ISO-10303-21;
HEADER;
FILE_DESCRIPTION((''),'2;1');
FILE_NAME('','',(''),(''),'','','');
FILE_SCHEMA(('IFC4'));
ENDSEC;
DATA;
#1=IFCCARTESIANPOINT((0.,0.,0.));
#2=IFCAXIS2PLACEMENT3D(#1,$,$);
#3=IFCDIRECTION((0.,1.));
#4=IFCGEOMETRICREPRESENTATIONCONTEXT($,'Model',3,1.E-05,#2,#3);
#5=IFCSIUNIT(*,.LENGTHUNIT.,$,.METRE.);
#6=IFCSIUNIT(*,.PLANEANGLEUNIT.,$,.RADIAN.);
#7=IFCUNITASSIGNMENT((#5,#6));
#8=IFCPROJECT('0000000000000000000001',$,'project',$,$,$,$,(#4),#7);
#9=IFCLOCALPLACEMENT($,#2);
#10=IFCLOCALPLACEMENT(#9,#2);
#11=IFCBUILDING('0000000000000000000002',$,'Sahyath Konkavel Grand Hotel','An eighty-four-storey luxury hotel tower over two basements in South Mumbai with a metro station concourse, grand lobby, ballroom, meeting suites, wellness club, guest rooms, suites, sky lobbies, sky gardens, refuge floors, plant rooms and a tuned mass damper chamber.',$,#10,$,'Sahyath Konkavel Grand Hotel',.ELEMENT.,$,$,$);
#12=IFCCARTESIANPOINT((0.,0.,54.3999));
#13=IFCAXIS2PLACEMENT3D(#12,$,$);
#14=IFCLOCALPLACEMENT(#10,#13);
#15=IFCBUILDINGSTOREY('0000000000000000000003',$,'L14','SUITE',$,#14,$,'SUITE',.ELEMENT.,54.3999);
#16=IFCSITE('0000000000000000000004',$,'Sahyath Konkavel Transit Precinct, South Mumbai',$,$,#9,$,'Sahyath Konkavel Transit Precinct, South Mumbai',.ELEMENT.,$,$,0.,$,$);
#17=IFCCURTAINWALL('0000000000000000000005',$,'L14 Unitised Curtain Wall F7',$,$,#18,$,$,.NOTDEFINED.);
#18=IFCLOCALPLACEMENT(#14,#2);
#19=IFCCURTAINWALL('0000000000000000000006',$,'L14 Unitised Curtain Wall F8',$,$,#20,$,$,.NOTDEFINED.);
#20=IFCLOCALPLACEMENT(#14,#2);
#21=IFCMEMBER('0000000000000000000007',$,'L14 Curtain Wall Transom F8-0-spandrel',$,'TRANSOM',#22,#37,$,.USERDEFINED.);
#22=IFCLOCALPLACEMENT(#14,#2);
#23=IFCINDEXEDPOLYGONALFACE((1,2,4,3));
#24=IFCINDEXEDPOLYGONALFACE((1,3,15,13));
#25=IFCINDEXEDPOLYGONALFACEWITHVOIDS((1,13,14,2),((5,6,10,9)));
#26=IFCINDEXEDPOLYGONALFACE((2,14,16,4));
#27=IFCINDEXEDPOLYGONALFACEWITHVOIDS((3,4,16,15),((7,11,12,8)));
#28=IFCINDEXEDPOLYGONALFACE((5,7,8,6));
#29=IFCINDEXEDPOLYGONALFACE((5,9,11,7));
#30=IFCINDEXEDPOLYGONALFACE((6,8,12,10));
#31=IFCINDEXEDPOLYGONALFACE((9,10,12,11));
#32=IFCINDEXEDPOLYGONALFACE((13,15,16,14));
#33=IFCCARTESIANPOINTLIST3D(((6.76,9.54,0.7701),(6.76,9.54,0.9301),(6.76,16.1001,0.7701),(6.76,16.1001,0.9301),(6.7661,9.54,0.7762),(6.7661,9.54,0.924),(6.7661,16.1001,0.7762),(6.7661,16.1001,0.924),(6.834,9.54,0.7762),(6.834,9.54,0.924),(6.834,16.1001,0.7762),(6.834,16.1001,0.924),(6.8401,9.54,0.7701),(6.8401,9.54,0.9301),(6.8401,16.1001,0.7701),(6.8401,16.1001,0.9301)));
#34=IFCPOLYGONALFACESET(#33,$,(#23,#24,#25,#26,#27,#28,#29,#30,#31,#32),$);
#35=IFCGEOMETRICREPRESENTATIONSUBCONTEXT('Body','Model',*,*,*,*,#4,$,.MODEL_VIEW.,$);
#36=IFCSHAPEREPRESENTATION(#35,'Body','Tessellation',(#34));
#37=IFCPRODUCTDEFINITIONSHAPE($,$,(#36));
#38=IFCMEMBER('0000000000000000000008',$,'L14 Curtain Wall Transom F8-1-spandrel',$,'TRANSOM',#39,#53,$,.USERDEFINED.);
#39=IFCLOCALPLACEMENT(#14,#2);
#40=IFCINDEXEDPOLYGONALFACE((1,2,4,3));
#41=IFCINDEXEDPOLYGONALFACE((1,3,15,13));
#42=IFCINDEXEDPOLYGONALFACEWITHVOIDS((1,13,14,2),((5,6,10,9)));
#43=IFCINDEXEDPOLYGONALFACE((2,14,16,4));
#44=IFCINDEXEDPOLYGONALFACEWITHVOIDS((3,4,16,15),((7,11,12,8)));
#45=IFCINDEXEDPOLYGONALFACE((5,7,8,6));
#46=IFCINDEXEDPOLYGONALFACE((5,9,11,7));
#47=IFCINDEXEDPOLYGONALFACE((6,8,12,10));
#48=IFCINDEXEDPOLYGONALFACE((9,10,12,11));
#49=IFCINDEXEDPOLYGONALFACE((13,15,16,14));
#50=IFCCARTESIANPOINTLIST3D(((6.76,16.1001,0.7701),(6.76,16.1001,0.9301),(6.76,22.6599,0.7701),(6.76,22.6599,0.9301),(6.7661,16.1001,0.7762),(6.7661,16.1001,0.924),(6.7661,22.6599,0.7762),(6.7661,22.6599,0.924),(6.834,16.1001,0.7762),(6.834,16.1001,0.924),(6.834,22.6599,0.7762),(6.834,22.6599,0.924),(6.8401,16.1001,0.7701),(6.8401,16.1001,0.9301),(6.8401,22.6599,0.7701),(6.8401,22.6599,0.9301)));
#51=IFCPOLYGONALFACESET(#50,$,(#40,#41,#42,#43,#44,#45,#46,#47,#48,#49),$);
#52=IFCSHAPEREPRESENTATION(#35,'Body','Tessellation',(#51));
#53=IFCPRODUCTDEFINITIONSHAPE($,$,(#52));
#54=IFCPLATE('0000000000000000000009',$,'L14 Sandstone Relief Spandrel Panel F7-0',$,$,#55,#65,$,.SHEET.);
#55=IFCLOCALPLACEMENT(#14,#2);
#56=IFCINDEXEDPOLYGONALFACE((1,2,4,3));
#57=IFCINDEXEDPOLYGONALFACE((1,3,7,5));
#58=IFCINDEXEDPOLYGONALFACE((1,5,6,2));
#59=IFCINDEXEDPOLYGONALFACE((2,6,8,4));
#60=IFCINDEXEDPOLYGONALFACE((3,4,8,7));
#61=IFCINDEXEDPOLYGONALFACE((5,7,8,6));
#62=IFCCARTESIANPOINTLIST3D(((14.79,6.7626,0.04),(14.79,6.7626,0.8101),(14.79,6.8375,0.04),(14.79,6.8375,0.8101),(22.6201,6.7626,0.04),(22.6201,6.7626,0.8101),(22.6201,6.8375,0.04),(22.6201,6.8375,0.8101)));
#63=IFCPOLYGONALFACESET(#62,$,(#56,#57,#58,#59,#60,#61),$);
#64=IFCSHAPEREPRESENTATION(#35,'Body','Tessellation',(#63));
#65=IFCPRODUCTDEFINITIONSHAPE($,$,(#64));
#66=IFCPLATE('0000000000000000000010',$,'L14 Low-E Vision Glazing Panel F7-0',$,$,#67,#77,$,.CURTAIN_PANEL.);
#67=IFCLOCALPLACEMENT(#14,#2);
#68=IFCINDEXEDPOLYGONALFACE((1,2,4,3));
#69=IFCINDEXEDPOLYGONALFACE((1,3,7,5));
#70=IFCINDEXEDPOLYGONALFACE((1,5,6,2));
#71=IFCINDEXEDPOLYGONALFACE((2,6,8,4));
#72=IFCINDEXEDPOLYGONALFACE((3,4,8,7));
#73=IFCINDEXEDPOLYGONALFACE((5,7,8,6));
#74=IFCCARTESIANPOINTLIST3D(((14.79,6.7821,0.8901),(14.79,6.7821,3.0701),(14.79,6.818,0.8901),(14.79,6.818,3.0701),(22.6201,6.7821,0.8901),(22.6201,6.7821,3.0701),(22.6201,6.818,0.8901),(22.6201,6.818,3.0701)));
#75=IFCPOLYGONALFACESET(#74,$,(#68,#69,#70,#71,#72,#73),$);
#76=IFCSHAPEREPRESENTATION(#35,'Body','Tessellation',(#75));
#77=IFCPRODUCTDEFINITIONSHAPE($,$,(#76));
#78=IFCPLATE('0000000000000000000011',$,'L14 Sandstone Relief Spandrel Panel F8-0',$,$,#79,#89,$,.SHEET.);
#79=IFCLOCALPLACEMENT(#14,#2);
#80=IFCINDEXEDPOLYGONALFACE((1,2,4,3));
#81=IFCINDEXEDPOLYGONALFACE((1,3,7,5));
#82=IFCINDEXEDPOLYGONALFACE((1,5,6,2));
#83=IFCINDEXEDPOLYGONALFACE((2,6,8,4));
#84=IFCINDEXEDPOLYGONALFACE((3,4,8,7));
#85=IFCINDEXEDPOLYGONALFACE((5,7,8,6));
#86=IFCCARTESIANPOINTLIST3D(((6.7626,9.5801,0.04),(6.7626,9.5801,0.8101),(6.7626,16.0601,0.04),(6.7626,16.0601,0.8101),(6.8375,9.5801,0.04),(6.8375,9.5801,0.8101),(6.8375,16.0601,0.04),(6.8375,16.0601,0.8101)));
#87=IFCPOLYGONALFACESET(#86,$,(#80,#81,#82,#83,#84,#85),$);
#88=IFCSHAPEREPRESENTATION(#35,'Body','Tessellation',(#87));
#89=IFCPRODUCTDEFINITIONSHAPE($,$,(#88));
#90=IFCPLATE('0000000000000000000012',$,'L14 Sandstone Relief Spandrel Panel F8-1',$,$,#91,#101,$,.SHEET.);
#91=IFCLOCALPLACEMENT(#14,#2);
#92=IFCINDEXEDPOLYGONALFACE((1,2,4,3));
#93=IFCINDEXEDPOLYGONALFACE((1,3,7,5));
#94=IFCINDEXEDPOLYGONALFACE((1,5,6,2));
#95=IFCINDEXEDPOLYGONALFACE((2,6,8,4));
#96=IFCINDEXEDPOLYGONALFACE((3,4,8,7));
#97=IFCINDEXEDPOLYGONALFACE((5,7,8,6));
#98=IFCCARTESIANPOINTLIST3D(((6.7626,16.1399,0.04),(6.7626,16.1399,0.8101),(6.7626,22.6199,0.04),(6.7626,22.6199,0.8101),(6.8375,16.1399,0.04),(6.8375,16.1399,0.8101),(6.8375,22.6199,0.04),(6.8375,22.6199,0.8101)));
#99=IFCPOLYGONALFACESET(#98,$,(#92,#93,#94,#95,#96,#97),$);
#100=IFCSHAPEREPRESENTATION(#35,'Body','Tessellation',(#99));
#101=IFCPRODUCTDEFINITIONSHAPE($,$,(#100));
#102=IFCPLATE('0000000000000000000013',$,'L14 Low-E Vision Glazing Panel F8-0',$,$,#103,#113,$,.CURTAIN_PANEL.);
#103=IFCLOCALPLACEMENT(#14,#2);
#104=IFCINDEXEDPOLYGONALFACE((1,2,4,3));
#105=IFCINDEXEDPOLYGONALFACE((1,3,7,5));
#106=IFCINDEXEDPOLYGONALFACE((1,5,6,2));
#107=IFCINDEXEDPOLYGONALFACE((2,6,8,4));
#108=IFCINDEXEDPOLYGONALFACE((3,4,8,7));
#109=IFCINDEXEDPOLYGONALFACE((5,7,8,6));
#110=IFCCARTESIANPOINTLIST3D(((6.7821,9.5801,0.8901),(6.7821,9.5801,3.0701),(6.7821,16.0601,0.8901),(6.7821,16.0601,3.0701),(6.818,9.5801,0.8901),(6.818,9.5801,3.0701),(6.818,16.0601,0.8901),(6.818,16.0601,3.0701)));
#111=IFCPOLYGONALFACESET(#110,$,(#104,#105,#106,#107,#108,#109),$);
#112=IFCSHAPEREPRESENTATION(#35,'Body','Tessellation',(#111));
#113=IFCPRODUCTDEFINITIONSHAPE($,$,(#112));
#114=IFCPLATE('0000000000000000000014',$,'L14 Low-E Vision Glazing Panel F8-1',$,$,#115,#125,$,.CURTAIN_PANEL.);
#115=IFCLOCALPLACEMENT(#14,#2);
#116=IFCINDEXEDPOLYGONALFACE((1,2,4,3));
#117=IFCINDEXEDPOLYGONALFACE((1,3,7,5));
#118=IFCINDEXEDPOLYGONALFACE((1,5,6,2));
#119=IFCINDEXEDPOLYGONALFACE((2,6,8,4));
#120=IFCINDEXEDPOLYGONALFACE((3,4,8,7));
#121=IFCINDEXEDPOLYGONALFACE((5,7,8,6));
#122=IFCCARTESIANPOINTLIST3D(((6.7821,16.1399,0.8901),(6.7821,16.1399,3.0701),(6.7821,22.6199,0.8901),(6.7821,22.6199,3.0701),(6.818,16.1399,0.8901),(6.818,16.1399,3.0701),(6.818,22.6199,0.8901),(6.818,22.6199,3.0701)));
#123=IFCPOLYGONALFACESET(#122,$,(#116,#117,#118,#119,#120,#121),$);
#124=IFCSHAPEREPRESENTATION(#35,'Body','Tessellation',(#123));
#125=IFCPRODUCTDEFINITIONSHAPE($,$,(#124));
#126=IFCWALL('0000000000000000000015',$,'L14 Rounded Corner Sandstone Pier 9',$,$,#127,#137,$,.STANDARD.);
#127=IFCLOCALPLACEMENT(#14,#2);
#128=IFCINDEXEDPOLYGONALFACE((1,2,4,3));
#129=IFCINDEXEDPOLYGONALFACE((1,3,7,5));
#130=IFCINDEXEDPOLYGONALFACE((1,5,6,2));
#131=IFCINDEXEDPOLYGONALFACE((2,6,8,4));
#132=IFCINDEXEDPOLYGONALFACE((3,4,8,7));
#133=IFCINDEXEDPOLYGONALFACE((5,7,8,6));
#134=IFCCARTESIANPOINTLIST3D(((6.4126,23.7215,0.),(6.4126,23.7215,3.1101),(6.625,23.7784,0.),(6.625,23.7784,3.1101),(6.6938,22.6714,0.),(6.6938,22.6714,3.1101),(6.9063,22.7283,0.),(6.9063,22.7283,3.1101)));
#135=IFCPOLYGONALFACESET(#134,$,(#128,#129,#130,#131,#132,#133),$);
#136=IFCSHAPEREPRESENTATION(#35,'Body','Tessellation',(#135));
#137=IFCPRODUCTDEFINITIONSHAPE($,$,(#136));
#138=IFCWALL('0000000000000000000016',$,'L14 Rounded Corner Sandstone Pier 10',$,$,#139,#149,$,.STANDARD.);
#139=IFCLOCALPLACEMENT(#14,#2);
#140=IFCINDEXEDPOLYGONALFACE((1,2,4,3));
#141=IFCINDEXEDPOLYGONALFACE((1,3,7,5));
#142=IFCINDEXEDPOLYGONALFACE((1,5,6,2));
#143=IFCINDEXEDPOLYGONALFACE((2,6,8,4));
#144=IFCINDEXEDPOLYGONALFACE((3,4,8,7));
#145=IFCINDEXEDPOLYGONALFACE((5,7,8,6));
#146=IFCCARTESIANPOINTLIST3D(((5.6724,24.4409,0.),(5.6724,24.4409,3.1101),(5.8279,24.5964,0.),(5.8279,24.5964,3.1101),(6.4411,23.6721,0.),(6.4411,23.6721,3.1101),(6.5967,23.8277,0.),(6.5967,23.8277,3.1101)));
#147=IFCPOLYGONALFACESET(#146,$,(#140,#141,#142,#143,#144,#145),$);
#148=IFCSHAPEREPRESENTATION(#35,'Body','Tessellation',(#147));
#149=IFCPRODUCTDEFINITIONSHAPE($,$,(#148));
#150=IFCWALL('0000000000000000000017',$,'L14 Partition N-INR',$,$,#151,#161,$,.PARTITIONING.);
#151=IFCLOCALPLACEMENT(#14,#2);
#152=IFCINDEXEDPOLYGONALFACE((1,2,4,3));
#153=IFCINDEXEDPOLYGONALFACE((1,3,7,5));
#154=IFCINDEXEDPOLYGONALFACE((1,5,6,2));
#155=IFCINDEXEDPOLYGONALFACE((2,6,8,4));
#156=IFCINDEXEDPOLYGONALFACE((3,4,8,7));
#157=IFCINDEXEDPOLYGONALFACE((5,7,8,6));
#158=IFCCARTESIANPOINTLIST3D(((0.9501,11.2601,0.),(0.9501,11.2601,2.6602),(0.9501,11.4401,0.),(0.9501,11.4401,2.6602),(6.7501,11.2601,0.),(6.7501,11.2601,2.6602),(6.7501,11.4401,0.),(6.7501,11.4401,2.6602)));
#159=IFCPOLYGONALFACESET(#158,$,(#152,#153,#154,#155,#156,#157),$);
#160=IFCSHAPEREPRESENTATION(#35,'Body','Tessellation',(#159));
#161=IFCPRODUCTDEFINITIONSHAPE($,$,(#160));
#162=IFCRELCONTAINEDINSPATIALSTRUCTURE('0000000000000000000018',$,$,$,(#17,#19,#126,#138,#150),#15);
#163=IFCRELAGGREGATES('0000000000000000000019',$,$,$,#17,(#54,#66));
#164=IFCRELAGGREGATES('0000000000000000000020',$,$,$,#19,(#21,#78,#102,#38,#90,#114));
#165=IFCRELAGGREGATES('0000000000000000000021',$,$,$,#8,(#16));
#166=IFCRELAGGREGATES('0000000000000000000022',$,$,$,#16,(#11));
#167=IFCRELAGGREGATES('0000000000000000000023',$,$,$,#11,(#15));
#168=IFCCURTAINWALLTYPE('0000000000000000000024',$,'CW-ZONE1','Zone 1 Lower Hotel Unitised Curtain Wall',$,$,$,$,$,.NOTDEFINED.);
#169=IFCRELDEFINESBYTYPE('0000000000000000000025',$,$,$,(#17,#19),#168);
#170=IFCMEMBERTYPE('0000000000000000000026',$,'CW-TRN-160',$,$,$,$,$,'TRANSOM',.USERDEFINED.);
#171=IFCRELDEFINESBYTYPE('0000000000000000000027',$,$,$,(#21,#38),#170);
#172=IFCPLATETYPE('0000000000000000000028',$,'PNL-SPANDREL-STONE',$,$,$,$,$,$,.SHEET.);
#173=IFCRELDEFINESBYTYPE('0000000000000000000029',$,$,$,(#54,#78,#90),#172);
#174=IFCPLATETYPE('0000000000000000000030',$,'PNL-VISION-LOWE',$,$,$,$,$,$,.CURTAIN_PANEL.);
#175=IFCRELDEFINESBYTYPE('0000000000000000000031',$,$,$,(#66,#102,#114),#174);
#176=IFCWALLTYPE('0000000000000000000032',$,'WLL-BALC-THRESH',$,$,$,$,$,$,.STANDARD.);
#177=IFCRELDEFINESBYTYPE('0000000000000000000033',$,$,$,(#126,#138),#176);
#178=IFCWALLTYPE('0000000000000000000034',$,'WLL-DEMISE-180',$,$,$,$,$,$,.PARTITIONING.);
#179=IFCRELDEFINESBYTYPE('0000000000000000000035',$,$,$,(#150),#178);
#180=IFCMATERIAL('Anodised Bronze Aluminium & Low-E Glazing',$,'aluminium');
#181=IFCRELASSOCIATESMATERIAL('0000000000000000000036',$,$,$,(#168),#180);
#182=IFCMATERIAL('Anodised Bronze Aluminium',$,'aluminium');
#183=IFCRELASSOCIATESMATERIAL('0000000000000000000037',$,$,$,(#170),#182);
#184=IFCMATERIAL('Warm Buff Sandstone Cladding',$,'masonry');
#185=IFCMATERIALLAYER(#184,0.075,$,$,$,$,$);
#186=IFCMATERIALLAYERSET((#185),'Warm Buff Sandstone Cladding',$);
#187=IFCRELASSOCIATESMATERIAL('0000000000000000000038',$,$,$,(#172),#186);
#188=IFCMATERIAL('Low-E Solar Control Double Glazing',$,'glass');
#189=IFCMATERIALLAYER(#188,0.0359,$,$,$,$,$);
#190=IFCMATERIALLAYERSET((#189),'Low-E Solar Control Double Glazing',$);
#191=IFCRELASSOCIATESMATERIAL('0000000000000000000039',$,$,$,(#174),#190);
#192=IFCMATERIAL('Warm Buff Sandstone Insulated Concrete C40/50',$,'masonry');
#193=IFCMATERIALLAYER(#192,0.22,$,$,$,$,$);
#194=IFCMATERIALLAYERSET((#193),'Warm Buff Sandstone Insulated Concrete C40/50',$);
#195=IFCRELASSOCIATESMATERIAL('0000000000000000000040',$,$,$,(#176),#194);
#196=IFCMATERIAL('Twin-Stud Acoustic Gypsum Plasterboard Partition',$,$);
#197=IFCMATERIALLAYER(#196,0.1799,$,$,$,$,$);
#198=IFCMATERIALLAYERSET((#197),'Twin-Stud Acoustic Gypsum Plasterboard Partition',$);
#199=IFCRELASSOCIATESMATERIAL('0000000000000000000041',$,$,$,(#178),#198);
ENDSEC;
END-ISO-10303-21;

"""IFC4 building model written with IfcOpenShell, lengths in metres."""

from ifc_helpers import new_model, si_unit, direction, frame, frame_2d, origin, origin_2d, place, context, subcontext, project, spatial, rectangle, hollow_rectangle, extrude, source, transform, mapped, material, layer, layer_set, material_profile, profile_set, type_object, element, aggregate, save


model = new_model("IFC4")

# Units and contexts
model_context = context("Model", 3, precision=1e-05, world=origin(), true_north=direction((0.0, 1.0)))
body_context = subcontext(model_context, "Body", "Model", "MODEL_VIEW")
ifc_project = project(units=[si_unit("LENGTHUNIT", "METRE"), si_unit("PLANEANGLEUNIT", "RADIAN")], contexts=[model_context])

# Site, building, storey
site_placement = place(None, origin())
site = spatial("IfcSite", under=ifc_project, at=site_placement, Name="Sahyath Konkavel Transit Precinct, South Mumbai", LongName="Sahyath Konkavel Transit Precinct, South Mumbai", CompositionType="ELEMENT", RefElevation=0.0)
building_placement = place(site_placement, origin())
building = spatial("IfcBuilding", under=site, at=building_placement, Name="Sahyath Konkavel Grand Hotel", Description="An eighty-four-storey luxury hotel tower over two basements in South Mumbai with a metro station concourse, grand lobby, ballroom, meeting suites, wellness club, guest rooms, suites, sky lobbies, sky gardens, refuge floors, plant rooms and a tuned mass damper chamber.", LongName="Sahyath Konkavel Grand Hotel", CompositionType="ELEMENT")
storey_placement = place(building_placement, frame((0.0, 0.0, 54.3999)))
storey = spatial("IfcBuildingStorey", under=building, at=storey_placement, Name="L14", Description="SUITE", LongName="SUITE", CompositionType="ELEMENT", Elevation=54.3999)

# Curtain walls
ifc_material_1 = material(Name="Anodised Bronze Aluminium & Low-E Glazing", Category="aluminium")
curtain_wall_type = type_object("IfcCurtainWallType", Name="CW-ZONE1", Description="Zone 1 Lower Hotel Unitised Curtain Wall", PredefinedType="NOTDEFINED", material=ifc_material_1)
curtain_wall_1_placement = place(storey_placement, origin())
curtain_wall_1 = element("IfcCurtainWall", 1, at=curtain_wall_1_placement, inside=storey, type_object=curtain_wall_type, Name="L14 Unitised Curtain Wall F7", PredefinedType="NOTDEFINED")
curtain_wall_2_placement = place(storey_placement, origin())
curtain_wall_2 = element("IfcCurtainWall", 2, at=curtain_wall_2_placement, inside=storey, type_object=curtain_wall_type, Name="L14 Unitised Curtain Wall F8", PredefinedType="NOTDEFINED")

# Members
ifc_material_2 = material(Name="Anodised Bronze Aluminium", Category="aluminium")
ifc_material_profile_1 = material_profile(ifc_material_2, hollow_rectangle(XDim=0.0801, YDim=0.1599, WallThickness=0.0061, at=origin_2d()), Name="RHS 160x80x6")
ifc_profile_set_1 = profile_set([ifc_material_profile_1], Name="Anodised Bronze Aluminium")
member_type_1 = type_object("IfcMemberType", Name="CW-TRN-160", ElementType="TRANSOM", PredefinedType="USERDEFINED", material=ifc_profile_set_1)
shared_shape_1 = source(origin(), body_context, "Body", "SweptSolid", [
    extrude(hollow_rectangle(XDim=0.0801, YDim=0.1599, WallThickness=0.0061, at=origin_2d()), origin(), (0.0, 0.0, 1.0), 6.5601),
])
member_1_placement = place(storey_placement, frame((6.8, 9.54, 0.8501), z_axis=(0.0, 1.0, 0.0), x_axis=(-1.0, 0.0, 0.0)))
member_1 = element("IfcMember", 3, at=member_1_placement, type_object=member_type_1, Name="L14 Curtain Wall Transom F8-0-spandrel", ObjectType="TRANSOM", PredefinedType="USERDEFINED", context=body_context, shape_type="MappedRepresentation", body=[
    mapped(shared_shape_1, transform((0.0, 0.0, 0.0), scale=1.0)),
])
shared_shape_2 = source(origin(), body_context, "Body", "SweptSolid", [
    extrude(hollow_rectangle(XDim=0.0801, YDim=0.1599, WallThickness=0.0061, at=origin_2d()), origin(), (0.0, 0.0, 1.0), 6.5598),
])
member_2_placement = place(storey_placement, frame((6.8, 16.1001, 0.8501), z_axis=(0.0, 1.0, 0.0), x_axis=(-1.0, 0.0, 0.0)))
member_2 = element("IfcMember", 4, at=member_2_placement, type_object=member_type_1, Name="L14 Curtain Wall Transom F8-1-spandrel", ObjectType="TRANSOM", PredefinedType="USERDEFINED", context=body_context, shape_type="MappedRepresentation", body=[
    mapped(shared_shape_2, transform((0.0, 0.0, 0.0), scale=1.0)),
])

# Plates
ifc_material_3 = material(Name="Warm Buff Sandstone Cladding", Category="masonry")
ifc_layer_1 = layer(ifc_material_3, 0.075)
ifc_layer_set_1 = layer_set([ifc_layer_1], Name="Warm Buff Sandstone Cladding")
plate_type_1 = type_object("IfcPlateType", Name="PNL-SPANDREL-STONE", PredefinedType="SHEET", material=ifc_layer_set_1)
shared_shape_3 = source(origin(), body_context, "Body", "SweptSolid", [
    extrude(rectangle(XDim=7.8301, YDim=0.075, at=origin_2d()), origin(), (0.0, 0.0, 1.0), 0.77),
])
plate_1_placement = place(storey_placement, frame((18.7051, 6.8, 0.04), z_axis=(0.0, 0.0, 1.0), x_axis=(-1.0, 0.0, 0.0)))
plate_1 = element("IfcPlate", 5, at=plate_1_placement, type_object=plate_type_1, Name="L14 Sandstone Relief Spandrel Panel F7-0", PredefinedType="SHEET", context=body_context, shape_type="MappedRepresentation", body=[
    mapped(shared_shape_3, transform((0.0, 0.0, 0.0), scale=1.0)),
])
ifc_material_4 = material(Name="Low-E Solar Control Double Glazing", Category="glass")
ifc_layer_2 = layer(ifc_material_4, 0.0359)
ifc_layer_set_2 = layer_set([ifc_layer_2], Name="Low-E Solar Control Double Glazing")
plate_type_2 = type_object("IfcPlateType", Name="PNL-VISION-LOWE", PredefinedType="CURTAIN_PANEL", material=ifc_layer_set_2)
shared_shape_4 = source(origin(), body_context, "Body", "SweptSolid", [
    extrude(rectangle(XDim=7.8301, YDim=0.0359, at=origin_2d()), origin(), (0.0, 0.0, 1.0), 2.1799),
])
plate_2_placement = place(storey_placement, frame((18.7051, 6.8, 0.8901), z_axis=(0.0, 0.0, 1.0), x_axis=(-1.0, 0.0, 0.0)))
plate_2 = element("IfcPlate", 6, at=plate_2_placement, type_object=plate_type_2, Name="L14 Low-E Vision Glazing Panel F7-0", PredefinedType="CURTAIN_PANEL", context=body_context, shape_type="MappedRepresentation", body=[
    mapped(shared_shape_4, transform((0.0, 0.0, 0.0), scale=1.0)),
])
aggregate(curtain_wall_1, [plate_1, plate_2])
shared_shape_5 = source(origin(), body_context, "Body", "SweptSolid", [
    extrude(rectangle(XDim=6.48, YDim=0.075, at=origin_2d()), origin(), (0.0, 0.0, 1.0), 0.77),
])
plate_3_placement = place(storey_placement, frame((6.8, 12.8201, 0.04), z_axis=(0.0, 0.0, 1.0), x_axis=(0.0, 1.0, 0.0)))
plate_3 = element("IfcPlate", 7, at=plate_3_placement, type_object=plate_type_1, Name="L14 Sandstone Relief Spandrel Panel F8-0", PredefinedType="SHEET", context=body_context, shape_type="MappedRepresentation", body=[
    mapped(shared_shape_5, transform((0.0, 0.0, 0.0), scale=1.0)),
])
plate_4_placement = place(storey_placement, frame((6.8, 19.3799, 0.04), z_axis=(0.0, 0.0, 1.0), x_axis=(0.0, 1.0, 0.0)))
plate_4 = element("IfcPlate", 8, at=plate_4_placement, type_object=plate_type_1, Name="L14 Sandstone Relief Spandrel Panel F8-1", PredefinedType="SHEET", context=body_context, shape_type="MappedRepresentation", body=[
    mapped(shared_shape_5, transform((0.0, 0.0, 0.0), scale=1.0)),
])
shared_shape_6 = source(origin(), body_context, "Body", "SweptSolid", [
    extrude(rectangle(XDim=6.48, YDim=0.0359, at=origin_2d()), origin(), (0.0, 0.0, 1.0), 2.1799),
])
plate_5_placement = place(storey_placement, frame((6.8, 12.8201, 0.8901), z_axis=(0.0, 0.0, 1.0), x_axis=(0.0, 1.0, 0.0)))
plate_5 = element("IfcPlate", 9, at=plate_5_placement, type_object=plate_type_2, Name="L14 Low-E Vision Glazing Panel F8-0", PredefinedType="CURTAIN_PANEL", context=body_context, shape_type="MappedRepresentation", body=[
    mapped(shared_shape_6, transform((0.0, 0.0, 0.0), scale=1.0)),
])
plate_6_placement = place(storey_placement, frame((6.8, 19.3799, 0.8901), z_axis=(0.0, 0.0, 1.0), x_axis=(0.0, 1.0, 0.0)))
plate_6 = element("IfcPlate", 10, at=plate_6_placement, type_object=plate_type_2, Name="L14 Low-E Vision Glazing Panel F8-1", PredefinedType="CURTAIN_PANEL", context=body_context, shape_type="MappedRepresentation", body=[
    mapped(shared_shape_6, transform((0.0, 0.0, 0.0), scale=1.0)),
])
aggregate(curtain_wall_2, [member_1, plate_3, plate_5, member_2, plate_4, plate_6])

# Walls
ifc_material_5 = material(Name="Warm Buff Sandstone Insulated Concrete C40/50", Category="masonry")
ifc_layer_3 = layer(ifc_material_5, 0.22)
ifc_layer_set_3 = layer_set([ifc_layer_3], Name="Warm Buff Sandstone Insulated Concrete C40/50")
wall_type_1 = type_object("IfcWallType", Name="WLL-BALC-THRESH", PredefinedType="STANDARD", material=ifc_layer_set_3)
for number, where, z_axis, x_axis, name in (
    (11, (6.8, 22.7, 0.0), (0.0, 0.0, 1.0), (-0.258725, 0.965951, 0.0), "L14 Rounded Corner Sandstone Pier 9"),
    (12, (6.5188, 23.75, 0.0), (0.0, 0.0, 1.0), (-0.707107, 0.707107, 0.0), "L14 Rounded Corner Sandstone Pier 10"),
):
    element("IfcWall", number, at=place(storey_placement, frame(where, z_axis=z_axis, x_axis=x_axis)), inside=storey, type_object=wall_type_1, Name=name, PredefinedType="STANDARD", context=body_context, shape_type="SweptSolid", body=[
        extrude(rectangle(XDim=1.0872, YDim=0.22, at=frame_2d((0.5435, 0.0))), origin(), (0.0, 0.0, 1.0), 3.1101),
    ])
ifc_material_6 = material(Name="Twin-Stud Acoustic Gypsum Plasterboard Partition")
ifc_layer_4 = layer(ifc_material_6, 0.1799)
ifc_layer_set_4 = layer_set([ifc_layer_4], Name="Twin-Stud Acoustic Gypsum Plasterboard Partition")
wall_type_2 = type_object("IfcWallType", Name="WLL-DEMISE-180", PredefinedType="PARTITIONING", material=ifc_layer_set_4)
wall_1_placement = place(storey_placement, frame((6.75, 11.3501, 0.0), z_axis=(0.0, 0.0, 1.0), x_axis=(-1.0, 0.0, 0.0)))
element("IfcWall", 13, at=wall_1_placement, inside=storey, type_object=wall_type_2, Name="L14 Partition N-INR", PredefinedType="PARTITIONING", context=body_context, shape_type="SweptSolid", body=[
    extrude(rectangle(XDim=5.8, YDim=0.1799, at=frame_2d((2.8999, 0.0))), origin(), (0.0, 0.0, 1.0), 2.6602),
])

save(model, "model.ifc")
